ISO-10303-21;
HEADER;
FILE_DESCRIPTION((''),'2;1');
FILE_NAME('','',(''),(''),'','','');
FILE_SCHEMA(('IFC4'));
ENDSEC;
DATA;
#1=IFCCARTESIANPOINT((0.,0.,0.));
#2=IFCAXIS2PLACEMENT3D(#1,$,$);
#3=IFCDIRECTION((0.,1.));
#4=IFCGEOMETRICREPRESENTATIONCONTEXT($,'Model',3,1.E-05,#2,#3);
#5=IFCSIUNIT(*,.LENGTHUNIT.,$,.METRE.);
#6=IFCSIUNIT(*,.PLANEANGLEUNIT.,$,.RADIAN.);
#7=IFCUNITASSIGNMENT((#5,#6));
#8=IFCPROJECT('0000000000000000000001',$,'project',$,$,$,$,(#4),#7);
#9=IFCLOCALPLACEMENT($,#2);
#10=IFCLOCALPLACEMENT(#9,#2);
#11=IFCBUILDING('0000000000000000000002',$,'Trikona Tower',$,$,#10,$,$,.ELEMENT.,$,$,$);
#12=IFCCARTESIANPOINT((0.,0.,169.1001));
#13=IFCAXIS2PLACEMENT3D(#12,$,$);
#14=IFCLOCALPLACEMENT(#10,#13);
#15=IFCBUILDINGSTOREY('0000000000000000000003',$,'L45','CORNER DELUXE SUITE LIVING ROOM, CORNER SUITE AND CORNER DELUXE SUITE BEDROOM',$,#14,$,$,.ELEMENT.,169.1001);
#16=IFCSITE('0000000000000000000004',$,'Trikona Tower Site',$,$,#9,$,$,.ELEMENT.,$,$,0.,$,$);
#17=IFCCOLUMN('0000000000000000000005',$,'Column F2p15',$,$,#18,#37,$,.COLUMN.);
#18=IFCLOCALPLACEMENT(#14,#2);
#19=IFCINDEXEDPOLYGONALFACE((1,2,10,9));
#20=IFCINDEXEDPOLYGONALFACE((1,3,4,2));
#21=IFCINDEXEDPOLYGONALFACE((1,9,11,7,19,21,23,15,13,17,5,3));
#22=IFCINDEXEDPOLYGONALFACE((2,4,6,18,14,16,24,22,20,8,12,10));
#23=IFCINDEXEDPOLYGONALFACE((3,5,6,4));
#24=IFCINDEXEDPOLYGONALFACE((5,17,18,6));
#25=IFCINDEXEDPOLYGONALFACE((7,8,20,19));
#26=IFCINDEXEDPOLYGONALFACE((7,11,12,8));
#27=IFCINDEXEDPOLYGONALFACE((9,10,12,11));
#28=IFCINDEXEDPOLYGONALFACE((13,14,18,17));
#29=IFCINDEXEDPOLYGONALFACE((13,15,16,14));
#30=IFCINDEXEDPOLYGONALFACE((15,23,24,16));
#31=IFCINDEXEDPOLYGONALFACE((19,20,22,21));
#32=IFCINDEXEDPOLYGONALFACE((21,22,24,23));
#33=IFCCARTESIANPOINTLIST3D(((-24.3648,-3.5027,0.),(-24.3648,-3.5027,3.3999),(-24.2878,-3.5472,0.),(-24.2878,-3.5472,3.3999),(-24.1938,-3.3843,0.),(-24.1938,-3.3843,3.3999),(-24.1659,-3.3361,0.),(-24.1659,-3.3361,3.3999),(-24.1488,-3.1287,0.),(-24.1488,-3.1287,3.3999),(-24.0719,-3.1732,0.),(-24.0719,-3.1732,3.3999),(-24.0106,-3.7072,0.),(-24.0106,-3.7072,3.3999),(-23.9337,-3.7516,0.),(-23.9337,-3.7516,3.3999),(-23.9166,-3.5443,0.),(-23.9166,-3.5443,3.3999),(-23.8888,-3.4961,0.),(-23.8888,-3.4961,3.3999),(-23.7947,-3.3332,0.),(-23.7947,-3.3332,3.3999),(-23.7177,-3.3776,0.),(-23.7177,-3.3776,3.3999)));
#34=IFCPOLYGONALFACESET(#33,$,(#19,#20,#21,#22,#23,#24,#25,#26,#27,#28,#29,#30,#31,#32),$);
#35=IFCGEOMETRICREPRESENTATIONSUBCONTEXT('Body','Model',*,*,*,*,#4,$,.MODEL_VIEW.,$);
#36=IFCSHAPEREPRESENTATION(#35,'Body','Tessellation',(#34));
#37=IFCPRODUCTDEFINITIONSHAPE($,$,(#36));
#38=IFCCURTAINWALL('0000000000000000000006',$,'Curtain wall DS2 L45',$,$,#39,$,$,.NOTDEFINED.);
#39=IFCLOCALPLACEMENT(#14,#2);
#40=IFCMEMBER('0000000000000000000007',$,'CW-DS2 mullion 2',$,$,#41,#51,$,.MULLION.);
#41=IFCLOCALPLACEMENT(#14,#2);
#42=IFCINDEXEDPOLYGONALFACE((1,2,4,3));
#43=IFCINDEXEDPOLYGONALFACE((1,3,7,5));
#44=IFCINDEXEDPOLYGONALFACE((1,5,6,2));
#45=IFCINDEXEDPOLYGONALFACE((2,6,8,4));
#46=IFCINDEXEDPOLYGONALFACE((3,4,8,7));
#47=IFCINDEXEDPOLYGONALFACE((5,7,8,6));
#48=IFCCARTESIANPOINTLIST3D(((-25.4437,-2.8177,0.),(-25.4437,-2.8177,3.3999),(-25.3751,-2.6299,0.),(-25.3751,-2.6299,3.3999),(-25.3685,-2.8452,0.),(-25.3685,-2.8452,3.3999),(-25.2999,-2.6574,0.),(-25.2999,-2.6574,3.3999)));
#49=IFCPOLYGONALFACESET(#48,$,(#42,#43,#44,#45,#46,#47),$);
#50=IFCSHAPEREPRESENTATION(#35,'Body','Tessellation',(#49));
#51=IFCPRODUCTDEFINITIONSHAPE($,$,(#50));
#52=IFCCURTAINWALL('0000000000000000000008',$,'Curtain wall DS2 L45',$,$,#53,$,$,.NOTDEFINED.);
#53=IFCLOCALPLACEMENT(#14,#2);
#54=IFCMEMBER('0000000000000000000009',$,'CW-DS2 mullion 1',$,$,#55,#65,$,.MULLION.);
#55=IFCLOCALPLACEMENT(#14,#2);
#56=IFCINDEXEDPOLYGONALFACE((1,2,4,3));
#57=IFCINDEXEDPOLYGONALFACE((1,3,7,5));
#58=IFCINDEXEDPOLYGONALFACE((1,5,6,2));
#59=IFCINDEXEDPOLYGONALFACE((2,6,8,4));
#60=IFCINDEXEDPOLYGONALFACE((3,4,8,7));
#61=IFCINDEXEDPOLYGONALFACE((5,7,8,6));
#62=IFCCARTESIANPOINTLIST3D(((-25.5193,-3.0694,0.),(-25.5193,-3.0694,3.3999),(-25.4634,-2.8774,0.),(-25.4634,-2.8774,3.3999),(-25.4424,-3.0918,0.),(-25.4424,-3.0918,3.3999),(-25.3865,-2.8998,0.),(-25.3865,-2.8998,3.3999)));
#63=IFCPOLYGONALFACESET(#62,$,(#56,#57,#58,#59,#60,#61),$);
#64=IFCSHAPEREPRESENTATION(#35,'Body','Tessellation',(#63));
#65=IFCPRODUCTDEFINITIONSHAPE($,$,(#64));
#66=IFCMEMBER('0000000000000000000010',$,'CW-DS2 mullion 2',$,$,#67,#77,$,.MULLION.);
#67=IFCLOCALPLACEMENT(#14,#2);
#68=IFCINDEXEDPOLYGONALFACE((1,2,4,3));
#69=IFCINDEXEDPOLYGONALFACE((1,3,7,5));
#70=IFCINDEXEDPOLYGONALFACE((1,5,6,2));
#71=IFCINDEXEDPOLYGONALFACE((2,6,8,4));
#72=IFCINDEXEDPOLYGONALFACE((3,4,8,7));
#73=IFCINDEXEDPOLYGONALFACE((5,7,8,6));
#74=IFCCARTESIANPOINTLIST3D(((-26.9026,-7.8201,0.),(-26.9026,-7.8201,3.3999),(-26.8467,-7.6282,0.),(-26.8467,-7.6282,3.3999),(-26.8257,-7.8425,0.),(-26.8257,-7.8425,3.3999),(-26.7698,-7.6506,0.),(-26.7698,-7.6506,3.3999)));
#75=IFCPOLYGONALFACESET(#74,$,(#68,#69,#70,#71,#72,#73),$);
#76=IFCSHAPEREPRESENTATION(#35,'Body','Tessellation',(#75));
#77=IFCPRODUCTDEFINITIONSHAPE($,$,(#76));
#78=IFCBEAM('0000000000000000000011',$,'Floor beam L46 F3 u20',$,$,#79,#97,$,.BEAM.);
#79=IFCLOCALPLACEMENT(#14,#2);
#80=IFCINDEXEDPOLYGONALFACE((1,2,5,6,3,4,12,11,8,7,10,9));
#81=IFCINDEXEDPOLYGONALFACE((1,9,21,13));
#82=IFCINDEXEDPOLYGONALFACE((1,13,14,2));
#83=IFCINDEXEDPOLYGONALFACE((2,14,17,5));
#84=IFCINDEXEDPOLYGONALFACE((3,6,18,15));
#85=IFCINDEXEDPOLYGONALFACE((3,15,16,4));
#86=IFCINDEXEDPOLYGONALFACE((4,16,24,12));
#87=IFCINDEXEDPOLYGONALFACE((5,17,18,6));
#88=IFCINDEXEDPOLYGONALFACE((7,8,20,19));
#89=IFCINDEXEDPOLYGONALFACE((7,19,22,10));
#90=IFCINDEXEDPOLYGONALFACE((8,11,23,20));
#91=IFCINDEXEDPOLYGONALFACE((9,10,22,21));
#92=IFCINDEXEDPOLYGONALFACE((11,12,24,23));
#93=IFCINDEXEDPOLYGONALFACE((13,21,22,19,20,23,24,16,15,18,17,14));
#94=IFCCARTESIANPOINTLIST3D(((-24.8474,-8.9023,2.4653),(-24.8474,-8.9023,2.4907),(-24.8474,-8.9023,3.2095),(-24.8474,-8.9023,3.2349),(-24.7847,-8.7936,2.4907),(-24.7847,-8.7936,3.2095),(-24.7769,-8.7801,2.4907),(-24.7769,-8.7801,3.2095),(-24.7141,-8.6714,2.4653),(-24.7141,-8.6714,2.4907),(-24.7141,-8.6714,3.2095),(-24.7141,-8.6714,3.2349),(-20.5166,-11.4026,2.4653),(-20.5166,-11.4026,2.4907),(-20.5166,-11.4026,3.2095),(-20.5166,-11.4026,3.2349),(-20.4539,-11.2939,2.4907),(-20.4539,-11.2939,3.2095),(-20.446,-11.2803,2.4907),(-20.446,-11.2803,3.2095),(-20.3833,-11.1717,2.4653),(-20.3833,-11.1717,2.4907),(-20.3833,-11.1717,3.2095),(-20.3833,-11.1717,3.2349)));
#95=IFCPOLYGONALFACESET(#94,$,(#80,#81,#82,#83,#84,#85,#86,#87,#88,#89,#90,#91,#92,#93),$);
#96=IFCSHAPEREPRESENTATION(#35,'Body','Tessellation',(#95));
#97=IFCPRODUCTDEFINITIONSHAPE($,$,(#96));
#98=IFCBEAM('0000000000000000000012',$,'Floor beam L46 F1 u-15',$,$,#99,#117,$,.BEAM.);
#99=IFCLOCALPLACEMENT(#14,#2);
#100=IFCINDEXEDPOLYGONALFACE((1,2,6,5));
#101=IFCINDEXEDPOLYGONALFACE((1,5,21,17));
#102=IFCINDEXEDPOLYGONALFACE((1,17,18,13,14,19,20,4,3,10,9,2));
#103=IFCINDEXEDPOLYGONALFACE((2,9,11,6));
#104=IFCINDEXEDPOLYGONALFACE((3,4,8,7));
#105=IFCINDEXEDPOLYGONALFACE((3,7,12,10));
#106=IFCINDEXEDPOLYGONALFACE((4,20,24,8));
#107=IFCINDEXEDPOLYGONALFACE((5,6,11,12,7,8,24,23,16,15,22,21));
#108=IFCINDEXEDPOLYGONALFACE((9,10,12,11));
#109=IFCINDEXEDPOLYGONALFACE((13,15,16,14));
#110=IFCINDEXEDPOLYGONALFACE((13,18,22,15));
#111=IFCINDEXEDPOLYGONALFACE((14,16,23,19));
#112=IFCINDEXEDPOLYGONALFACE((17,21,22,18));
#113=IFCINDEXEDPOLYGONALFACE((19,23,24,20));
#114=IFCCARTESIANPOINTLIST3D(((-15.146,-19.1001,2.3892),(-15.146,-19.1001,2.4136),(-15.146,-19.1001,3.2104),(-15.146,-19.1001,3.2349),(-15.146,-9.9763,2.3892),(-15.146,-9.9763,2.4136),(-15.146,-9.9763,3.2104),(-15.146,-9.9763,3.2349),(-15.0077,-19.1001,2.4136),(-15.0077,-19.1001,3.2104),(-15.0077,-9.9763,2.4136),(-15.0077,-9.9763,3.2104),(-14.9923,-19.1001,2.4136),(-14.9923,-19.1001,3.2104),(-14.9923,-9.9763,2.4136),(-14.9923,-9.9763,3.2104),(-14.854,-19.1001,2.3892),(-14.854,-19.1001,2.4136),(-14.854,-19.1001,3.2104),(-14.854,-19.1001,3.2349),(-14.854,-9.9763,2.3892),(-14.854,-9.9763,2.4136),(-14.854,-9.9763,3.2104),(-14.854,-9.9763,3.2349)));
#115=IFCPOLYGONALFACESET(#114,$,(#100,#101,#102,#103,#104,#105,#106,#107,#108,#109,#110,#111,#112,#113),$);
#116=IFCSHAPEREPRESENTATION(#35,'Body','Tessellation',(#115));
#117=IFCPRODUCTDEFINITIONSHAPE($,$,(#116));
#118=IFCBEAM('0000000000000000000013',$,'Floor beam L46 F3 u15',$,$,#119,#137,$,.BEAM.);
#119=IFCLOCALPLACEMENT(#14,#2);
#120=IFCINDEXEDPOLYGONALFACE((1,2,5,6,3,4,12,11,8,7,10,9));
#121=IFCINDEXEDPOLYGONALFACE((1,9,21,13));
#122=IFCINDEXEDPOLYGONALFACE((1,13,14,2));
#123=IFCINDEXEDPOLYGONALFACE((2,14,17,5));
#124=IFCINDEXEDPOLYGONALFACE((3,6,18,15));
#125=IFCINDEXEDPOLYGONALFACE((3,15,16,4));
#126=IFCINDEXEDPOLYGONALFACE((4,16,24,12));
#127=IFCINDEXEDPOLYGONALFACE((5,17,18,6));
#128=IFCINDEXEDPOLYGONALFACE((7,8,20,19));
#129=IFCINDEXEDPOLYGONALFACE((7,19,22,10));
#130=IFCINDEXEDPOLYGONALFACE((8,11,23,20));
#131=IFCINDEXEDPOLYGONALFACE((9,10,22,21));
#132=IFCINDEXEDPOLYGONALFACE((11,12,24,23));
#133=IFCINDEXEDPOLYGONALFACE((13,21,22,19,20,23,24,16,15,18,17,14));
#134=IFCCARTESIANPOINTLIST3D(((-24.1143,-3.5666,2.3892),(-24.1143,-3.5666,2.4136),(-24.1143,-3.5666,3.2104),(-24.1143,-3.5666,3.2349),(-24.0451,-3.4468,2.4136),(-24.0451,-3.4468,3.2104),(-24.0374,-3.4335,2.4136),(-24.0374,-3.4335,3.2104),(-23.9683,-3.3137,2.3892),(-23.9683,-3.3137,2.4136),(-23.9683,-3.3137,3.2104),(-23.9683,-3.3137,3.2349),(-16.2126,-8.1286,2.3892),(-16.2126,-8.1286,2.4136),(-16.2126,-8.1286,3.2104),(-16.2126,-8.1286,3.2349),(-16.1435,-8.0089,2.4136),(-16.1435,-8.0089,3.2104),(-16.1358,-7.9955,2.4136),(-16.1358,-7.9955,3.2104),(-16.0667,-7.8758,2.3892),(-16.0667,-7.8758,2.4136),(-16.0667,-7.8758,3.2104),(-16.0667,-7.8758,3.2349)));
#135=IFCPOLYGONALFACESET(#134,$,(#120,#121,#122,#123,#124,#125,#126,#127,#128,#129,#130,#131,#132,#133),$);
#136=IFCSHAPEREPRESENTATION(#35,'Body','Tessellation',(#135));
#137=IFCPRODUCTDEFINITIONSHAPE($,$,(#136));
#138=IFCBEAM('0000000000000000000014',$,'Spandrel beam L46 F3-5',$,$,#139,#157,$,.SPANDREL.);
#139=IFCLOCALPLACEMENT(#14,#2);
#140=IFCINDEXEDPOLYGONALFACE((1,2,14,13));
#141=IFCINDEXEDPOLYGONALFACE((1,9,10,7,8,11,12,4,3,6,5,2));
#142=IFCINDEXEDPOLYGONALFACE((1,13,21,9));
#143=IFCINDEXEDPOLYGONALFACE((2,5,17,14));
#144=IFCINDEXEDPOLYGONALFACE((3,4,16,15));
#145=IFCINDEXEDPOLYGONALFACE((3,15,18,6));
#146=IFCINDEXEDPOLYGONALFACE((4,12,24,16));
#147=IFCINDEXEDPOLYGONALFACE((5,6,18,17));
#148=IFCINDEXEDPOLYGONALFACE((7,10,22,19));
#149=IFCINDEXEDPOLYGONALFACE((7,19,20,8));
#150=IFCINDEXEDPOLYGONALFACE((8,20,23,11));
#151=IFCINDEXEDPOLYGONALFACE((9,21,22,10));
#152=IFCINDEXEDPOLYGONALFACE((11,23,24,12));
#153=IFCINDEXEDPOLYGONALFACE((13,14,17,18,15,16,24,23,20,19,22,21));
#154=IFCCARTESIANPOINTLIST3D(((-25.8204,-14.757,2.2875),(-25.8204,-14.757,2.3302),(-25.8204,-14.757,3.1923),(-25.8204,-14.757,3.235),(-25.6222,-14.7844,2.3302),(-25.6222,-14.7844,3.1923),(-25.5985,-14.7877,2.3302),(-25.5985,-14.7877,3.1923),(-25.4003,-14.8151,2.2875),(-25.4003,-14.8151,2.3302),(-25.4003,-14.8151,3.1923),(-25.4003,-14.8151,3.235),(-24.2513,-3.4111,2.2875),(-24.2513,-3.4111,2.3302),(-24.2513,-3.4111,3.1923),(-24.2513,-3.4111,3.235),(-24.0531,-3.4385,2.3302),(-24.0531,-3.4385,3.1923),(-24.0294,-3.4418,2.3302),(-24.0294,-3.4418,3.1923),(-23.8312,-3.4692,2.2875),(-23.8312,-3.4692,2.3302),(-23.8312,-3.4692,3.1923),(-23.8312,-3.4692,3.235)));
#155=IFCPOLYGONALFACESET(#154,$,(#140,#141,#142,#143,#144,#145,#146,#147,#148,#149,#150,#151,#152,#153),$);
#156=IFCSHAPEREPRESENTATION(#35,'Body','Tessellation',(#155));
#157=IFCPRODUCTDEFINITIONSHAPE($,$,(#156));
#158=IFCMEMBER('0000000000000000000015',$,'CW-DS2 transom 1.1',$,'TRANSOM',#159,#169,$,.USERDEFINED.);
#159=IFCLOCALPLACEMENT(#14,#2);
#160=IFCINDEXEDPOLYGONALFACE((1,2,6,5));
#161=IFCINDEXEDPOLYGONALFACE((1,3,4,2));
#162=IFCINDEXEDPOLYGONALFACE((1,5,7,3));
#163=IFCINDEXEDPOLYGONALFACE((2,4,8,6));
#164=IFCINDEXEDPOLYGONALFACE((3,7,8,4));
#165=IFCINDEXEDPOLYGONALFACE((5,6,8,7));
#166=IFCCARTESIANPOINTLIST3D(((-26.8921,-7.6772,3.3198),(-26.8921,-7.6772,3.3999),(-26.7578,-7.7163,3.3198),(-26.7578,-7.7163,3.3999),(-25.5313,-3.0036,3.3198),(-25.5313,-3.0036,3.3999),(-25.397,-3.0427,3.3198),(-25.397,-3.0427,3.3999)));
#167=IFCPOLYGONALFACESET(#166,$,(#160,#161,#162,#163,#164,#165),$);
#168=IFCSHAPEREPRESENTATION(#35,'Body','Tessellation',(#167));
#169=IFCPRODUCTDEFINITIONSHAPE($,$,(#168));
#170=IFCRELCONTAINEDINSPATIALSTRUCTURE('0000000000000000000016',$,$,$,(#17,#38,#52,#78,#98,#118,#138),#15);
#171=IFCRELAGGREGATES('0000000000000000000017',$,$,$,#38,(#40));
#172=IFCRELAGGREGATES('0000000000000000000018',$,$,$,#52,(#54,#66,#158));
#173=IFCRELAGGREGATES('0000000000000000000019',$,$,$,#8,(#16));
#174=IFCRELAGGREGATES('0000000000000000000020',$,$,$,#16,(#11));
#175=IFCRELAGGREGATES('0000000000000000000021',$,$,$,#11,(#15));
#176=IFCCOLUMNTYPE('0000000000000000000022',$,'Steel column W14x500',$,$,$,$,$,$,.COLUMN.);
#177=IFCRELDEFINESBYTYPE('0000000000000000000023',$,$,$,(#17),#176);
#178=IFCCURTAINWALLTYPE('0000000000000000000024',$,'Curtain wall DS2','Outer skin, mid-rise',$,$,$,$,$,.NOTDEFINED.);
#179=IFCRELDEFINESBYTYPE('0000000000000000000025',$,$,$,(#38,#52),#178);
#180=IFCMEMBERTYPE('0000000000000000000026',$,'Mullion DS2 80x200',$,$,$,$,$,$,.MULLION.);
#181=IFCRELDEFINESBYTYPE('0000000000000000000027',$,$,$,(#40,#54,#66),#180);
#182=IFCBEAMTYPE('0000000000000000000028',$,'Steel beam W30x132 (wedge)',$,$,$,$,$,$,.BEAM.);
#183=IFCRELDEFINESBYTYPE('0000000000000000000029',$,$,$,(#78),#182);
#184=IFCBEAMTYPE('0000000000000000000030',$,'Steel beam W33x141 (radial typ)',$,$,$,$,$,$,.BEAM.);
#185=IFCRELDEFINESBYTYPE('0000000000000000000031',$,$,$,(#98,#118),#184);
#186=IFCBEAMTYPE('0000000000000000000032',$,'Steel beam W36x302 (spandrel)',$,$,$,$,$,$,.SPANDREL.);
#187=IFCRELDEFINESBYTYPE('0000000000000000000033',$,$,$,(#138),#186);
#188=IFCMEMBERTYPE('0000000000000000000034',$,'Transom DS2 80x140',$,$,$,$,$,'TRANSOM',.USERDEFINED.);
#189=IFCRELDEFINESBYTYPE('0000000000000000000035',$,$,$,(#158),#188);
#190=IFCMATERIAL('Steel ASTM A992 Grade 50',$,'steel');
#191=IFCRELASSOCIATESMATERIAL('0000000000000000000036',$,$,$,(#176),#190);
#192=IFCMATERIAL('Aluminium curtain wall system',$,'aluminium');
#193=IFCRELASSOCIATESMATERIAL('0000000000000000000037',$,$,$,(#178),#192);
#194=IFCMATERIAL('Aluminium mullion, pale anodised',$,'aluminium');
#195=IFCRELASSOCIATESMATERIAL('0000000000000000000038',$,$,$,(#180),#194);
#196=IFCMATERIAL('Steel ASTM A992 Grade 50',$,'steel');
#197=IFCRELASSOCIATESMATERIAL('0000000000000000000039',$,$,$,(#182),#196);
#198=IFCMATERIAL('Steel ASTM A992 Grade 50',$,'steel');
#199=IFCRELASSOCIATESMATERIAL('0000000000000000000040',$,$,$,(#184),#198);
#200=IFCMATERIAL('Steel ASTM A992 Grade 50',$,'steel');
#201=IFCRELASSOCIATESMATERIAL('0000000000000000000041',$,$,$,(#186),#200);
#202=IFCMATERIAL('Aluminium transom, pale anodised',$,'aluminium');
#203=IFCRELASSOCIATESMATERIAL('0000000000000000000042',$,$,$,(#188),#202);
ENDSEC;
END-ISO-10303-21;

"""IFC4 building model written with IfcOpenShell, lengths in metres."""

from ifc_helpers import new_model, si_unit, direction, frame, origin, origin_2d, place, context, subcontext, project, spatial, rectangle, i_section, extrude, material, material_profile, profile_set, type_object, element, aggregate, save


model = new_model("IFC4")

# Units and contexts
model_context = context("Model", 3, precision=1e-05, world=origin(), true_north=direction((0.0, 1.0)))
body_context = subcontext(model_context, "Body", "Model", "MODEL_VIEW")
ifc_project = project(units=[si_unit("LENGTHUNIT", "METRE"), si_unit("PLANEANGLEUNIT", "RADIAN")], contexts=[model_context])

# Site, building, storey
site_placement = place(None, origin())
site = spatial("IfcSite", under=ifc_project, at=site_placement, Name="Trikona Tower Site", CompositionType="ELEMENT", RefElevation=0.0)
building_placement = place(site_placement, origin())
building = spatial("IfcBuilding", under=site, at=building_placement, Name="Trikona Tower", CompositionType="ELEMENT")
storey_placement = place(building_placement, frame((0.0, 0.0, 169.1001)))
storey = spatial("IfcBuildingStorey", under=building, at=storey_placement, Name="L45", Description="CORNER DELUXE SUITE LIVING ROOM, CORNER SUITE AND CORNER DELUXE SUITE BEDROOM", CompositionType="ELEMENT", Elevation=169.1001)

# Column
ifc_material_1 = material(Name="Steel ASTM A992 Grade 50", Category="steel")
ifc_material_profile_1 = material_profile(ifc_material_1, i_section(OverallWidth=0.4319, OverallDepth=0.4978, WebThickness=0.0557, FlangeThickness=0.0889, at=origin_2d()), Name="W14X500")
ifc_profile_set_1 = profile_set([ifc_material_profile_1], Name="Steel ASTM A992 Grade 50")
column_type = type_object("IfcColumnType", Name="Steel column W14x500", PredefinedType="COLUMN", material=ifc_profile_set_1)
column_placement = place(storey_placement, frame((-24.0413, -3.4402, 0.0), z_axis=(0.0, 0.0, 1.0), x_axis=(-0.5, -0.866025, 0.0)))
element("IfcColumn", 1, at=column_placement, inside=storey, type_object=column_type, Name="Column F2p15", PredefinedType="COLUMN", context=body_context, shape_type="SweptSolid", body=[
    extrude(i_section(OverallWidth=0.4319, OverallDepth=0.4978, WebThickness=0.0557, FlangeThickness=0.0889, at=origin_2d()), origin(), (0.0, 0.0, 1.0), 3.3999),
])

# Curtain wall, member
ifc_material_2 = material(Name="Aluminium curtain wall system", Category="aluminium")
curtain_wall_type = type_object("IfcCurtainWallType", Name="Curtain wall DS2", Description="Outer skin, mid-rise", PredefinedType="NOTDEFINED", material=ifc_material_2)
curtain_wall_1_placement = place(storey_placement, origin())
curtain_wall_1 = element("IfcCurtainWall", 2, at=curtain_wall_1_placement, inside=storey, type_object=curtain_wall_type, Name="Curtain wall DS2 L45", PredefinedType="NOTDEFINED")
ifc_material_3 = material(Name="Aluminium mullion, pale anodised", Category="aluminium")
ifc_material_profile_2 = material_profile(ifc_material_3, rectangle(XDim=0.0801, YDim=0.2, at=origin_2d()), Name="MUL-DS2")
ifc_profile_set_2 = profile_set([ifc_material_profile_2], Name="Aluminium mullion, pale anodised")
member_type_1 = type_object("IfcMemberType", Name="Mullion DS2 80x200", PredefinedType="MULLION", material=ifc_profile_set_2)
member_1_placement = place(storey_placement, frame((-25.3718, -2.7375, 0.0), z_axis=(0.0, 0.0, 1.0), x_axis=(0.939254, -0.343223, 0.0)))
member_1 = element("IfcMember", 3, at=member_1_placement, type_object=member_type_1, Name="CW-DS2 mullion 2", PredefinedType="MULLION", context=body_context, shape_type="SweptSolid", body=[
    extrude(rectangle(XDim=0.0801, YDim=0.2, at=origin_2d()), origin(), (0.0, 0.0, 1.0), 3.3999),
])
aggregate(curtain_wall_1, [member_1])

# Curtain wall, members
curtain_wall_2_placement = place(storey_placement, origin())
curtain_wall_2 = element("IfcCurtainWall", 4, at=curtain_wall_2_placement, inside=storey, type_object=curtain_wall_type, Name="Curtain wall DS2 L45", PredefinedType="NOTDEFINED")
member_2_placement = place(storey_placement, frame((-25.4529, -2.9846, 0.0), z_axis=(0.0, 0.0, 1.0), x_axis=(0.960133, -0.279543, 0.0)))
member_2 = element("IfcMember", 5, at=member_2_placement, type_object=member_type_1, Name="CW-DS2 mullion 1", PredefinedType="MULLION", context=body_context, shape_type="SweptSolid", body=[
    extrude(rectangle(XDim=0.0801, YDim=0.2, at=origin_2d()), origin(), (0.0, 0.0, 1.0), 3.3999),
])
member_3_placement = place(storey_placement, frame((-26.8362, -7.7354, 0.0), z_axis=(0.0, 0.0, 1.0), x_axis=(0.960133, -0.279543, 0.0)))
member_3 = element("IfcMember", 6, at=member_3_placement, type_object=member_type_1, Name="CW-DS2 mullion 2", PredefinedType="MULLION", context=body_context, shape_type="SweptSolid", body=[
    extrude(rectangle(XDim=0.0801, YDim=0.2, at=origin_2d()), origin(), (0.0, 0.0, 1.0), 3.3999),
])

# Beams
ifc_material_4 = material(Name="Steel ASTM A992 Grade 50", Category="steel")
ifc_material_profile_3 = material_profile(ifc_material_4, i_section(OverallWidth=0.2666, OverallDepth=0.7695, WebThickness=0.0156, FlangeThickness=0.0254, at=origin_2d()), Name="W30X132")
ifc_profile_set_3 = profile_set([ifc_material_profile_3], Name="Steel ASTM A992 Grade 50")
beam_type_1 = type_object("IfcBeamType", Name="Steel beam W30x132 (wedge)", PredefinedType="BEAM", material=ifc_profile_set_3)
beam_1_placement = place(storey_placement, frame((-20.45, -11.2871, 2.8501), z_axis=(-0.866038, 0.499977, 0.0), x_axis=(-0.499977, -0.866038, 0.0)))
element("IfcBeam", 7, at=beam_1_placement, inside=storey, type_object=beam_type_1, Name="Floor beam L46 F3 u20", PredefinedType="BEAM", context=body_context, shape_type="SweptSolid", body=[
    extrude(i_section(OverallWidth=0.2666, OverallDepth=0.7695, WebThickness=0.0156, FlangeThickness=0.0254, at=origin_2d()), origin(), (0.0, 0.0, 1.0), 5.0007),
])
ifc_material_5 = material(Name="Steel ASTM A992 Grade 50", Category="steel")
ifc_material_profile_4 = material_profile(ifc_material_5, i_section(OverallWidth=0.292, OverallDepth=0.8457, WebThickness=0.0154, FlangeThickness=0.0244, at=origin_2d()), Name="W33X141")
ifc_profile_set_4 = profile_set([ifc_material_profile_4], Name="Steel ASTM A992 Grade 50")
beam_type_2 = type_object("IfcBeamType", Name="Steel beam W33x141 (radial typ)", PredefinedType="BEAM", material=ifc_profile_set_4)
beam_2_placement = place(storey_placement, frame((-15.0, -9.9763, 2.812), z_axis=(0.0, -1.0, 0.0), x_axis=(1.0, 0.0, 0.0)))
element("IfcBeam", 8, at=beam_2_placement, inside=storey, type_object=beam_type_2, Name="Floor beam L46 F1 u-15", PredefinedType="BEAM", context=body_context, shape_type="SweptSolid", body=[
    extrude(i_section(OverallWidth=0.292, OverallDepth=0.8457, WebThickness=0.0154, FlangeThickness=0.0244, at=origin_2d()), origin(), (0.0, 0.0, 1.0), 9.1238),
])
beam_3_placement = place(storey_placement, frame((-16.1396, -8.0022, 2.812), z_axis=(-0.866025, 0.500001, 0.0), x_axis=(-0.500001, -0.866025, 0.0)))
element("IfcBeam", 9, at=beam_3_placement, inside=storey, type_object=beam_type_2, Name="Floor beam L46 F3 u15", PredefinedType="BEAM", context=body_context, shape_type="SweptSolid", body=[
    extrude(i_section(OverallWidth=0.292, OverallDepth=0.8457, WebThickness=0.0154, FlangeThickness=0.0244, at=origin_2d()), origin(), (0.0, 0.0, 1.0), 9.124),
])
ifc_material_6 = material(Name="Steel ASTM A992 Grade 50", Category="steel")
ifc_material_profile_5 = material_profile(ifc_material_6, i_section(OverallWidth=0.4241, OverallDepth=0.9475, WebThickness=0.0239, FlangeThickness=0.0427, at=origin_2d()), Name="W36X302")
ifc_profile_set_5 = profile_set([ifc_material_profile_5], Name="Steel ASTM A992 Grade 50")
beam_type_3 = type_object("IfcBeamType", Name="Steel beam W36x302 (spandrel)", PredefinedType="SPANDREL", material=ifc_profile_set_5)
beam_4_placement = place(storey_placement, frame((-24.0413, -3.4402, 2.7612), z_axis=(-0.136992, -0.990572, 0.0), x_axis=(0.990572, -0.136992, 0.0)))
element("IfcBeam", 10, at=beam_4_placement, inside=storey, type_object=beam_type_3, Name="Spandrel beam L46 F3-5", PredefinedType="SPANDREL", context=body_context, shape_type="SweptSolid", body=[
    extrude(i_section(OverallWidth=0.4241, OverallDepth=0.9475, WebThickness=0.0239, FlangeThickness=0.0427, at=origin_2d()), origin(), (0.0, 0.0, 1.0), 11.4539),
])

# Member
ifc_material_7 = material(Name="Aluminium transom, pale anodised", Category="aluminium")
ifc_material_profile_6 = material_profile(ifc_material_7, rectangle(XDim=0.1399, YDim=0.0801, at=origin_2d()), Name="TRN-DS2")
ifc_profile_set_6 = profile_set([ifc_material_profile_6], Name="Aluminium transom, pale anodised")
member_type_2 = type_object("IfcMemberType", Name="Transom DS2 80x140", ElementType="TRANSOM", PredefinedType="USERDEFINED", material=ifc_profile_set_6)
member_4_placement = place(storey_placement, frame((-25.4641, -3.0232, 3.3599), z_axis=(-0.279567, -0.960126, 0.0), x_axis=(0.960126, -0.279567, 0.0)))
member_4 = element("IfcMember", 11, at=member_4_placement, type_object=member_type_2, Name="CW-DS2 transom 1.1", ObjectType="TRANSOM", PredefinedType="USERDEFINED", context=body_context, shape_type="SweptSolid", body=[
    extrude(rectangle(XDim=0.1399, YDim=0.0801, at=origin_2d()), origin(), (0.0, 0.0, 1.0), 4.8677),
])

aggregate(curtain_wall_2, [member_2, member_3, member_4])

save(model, "model.ifc")
